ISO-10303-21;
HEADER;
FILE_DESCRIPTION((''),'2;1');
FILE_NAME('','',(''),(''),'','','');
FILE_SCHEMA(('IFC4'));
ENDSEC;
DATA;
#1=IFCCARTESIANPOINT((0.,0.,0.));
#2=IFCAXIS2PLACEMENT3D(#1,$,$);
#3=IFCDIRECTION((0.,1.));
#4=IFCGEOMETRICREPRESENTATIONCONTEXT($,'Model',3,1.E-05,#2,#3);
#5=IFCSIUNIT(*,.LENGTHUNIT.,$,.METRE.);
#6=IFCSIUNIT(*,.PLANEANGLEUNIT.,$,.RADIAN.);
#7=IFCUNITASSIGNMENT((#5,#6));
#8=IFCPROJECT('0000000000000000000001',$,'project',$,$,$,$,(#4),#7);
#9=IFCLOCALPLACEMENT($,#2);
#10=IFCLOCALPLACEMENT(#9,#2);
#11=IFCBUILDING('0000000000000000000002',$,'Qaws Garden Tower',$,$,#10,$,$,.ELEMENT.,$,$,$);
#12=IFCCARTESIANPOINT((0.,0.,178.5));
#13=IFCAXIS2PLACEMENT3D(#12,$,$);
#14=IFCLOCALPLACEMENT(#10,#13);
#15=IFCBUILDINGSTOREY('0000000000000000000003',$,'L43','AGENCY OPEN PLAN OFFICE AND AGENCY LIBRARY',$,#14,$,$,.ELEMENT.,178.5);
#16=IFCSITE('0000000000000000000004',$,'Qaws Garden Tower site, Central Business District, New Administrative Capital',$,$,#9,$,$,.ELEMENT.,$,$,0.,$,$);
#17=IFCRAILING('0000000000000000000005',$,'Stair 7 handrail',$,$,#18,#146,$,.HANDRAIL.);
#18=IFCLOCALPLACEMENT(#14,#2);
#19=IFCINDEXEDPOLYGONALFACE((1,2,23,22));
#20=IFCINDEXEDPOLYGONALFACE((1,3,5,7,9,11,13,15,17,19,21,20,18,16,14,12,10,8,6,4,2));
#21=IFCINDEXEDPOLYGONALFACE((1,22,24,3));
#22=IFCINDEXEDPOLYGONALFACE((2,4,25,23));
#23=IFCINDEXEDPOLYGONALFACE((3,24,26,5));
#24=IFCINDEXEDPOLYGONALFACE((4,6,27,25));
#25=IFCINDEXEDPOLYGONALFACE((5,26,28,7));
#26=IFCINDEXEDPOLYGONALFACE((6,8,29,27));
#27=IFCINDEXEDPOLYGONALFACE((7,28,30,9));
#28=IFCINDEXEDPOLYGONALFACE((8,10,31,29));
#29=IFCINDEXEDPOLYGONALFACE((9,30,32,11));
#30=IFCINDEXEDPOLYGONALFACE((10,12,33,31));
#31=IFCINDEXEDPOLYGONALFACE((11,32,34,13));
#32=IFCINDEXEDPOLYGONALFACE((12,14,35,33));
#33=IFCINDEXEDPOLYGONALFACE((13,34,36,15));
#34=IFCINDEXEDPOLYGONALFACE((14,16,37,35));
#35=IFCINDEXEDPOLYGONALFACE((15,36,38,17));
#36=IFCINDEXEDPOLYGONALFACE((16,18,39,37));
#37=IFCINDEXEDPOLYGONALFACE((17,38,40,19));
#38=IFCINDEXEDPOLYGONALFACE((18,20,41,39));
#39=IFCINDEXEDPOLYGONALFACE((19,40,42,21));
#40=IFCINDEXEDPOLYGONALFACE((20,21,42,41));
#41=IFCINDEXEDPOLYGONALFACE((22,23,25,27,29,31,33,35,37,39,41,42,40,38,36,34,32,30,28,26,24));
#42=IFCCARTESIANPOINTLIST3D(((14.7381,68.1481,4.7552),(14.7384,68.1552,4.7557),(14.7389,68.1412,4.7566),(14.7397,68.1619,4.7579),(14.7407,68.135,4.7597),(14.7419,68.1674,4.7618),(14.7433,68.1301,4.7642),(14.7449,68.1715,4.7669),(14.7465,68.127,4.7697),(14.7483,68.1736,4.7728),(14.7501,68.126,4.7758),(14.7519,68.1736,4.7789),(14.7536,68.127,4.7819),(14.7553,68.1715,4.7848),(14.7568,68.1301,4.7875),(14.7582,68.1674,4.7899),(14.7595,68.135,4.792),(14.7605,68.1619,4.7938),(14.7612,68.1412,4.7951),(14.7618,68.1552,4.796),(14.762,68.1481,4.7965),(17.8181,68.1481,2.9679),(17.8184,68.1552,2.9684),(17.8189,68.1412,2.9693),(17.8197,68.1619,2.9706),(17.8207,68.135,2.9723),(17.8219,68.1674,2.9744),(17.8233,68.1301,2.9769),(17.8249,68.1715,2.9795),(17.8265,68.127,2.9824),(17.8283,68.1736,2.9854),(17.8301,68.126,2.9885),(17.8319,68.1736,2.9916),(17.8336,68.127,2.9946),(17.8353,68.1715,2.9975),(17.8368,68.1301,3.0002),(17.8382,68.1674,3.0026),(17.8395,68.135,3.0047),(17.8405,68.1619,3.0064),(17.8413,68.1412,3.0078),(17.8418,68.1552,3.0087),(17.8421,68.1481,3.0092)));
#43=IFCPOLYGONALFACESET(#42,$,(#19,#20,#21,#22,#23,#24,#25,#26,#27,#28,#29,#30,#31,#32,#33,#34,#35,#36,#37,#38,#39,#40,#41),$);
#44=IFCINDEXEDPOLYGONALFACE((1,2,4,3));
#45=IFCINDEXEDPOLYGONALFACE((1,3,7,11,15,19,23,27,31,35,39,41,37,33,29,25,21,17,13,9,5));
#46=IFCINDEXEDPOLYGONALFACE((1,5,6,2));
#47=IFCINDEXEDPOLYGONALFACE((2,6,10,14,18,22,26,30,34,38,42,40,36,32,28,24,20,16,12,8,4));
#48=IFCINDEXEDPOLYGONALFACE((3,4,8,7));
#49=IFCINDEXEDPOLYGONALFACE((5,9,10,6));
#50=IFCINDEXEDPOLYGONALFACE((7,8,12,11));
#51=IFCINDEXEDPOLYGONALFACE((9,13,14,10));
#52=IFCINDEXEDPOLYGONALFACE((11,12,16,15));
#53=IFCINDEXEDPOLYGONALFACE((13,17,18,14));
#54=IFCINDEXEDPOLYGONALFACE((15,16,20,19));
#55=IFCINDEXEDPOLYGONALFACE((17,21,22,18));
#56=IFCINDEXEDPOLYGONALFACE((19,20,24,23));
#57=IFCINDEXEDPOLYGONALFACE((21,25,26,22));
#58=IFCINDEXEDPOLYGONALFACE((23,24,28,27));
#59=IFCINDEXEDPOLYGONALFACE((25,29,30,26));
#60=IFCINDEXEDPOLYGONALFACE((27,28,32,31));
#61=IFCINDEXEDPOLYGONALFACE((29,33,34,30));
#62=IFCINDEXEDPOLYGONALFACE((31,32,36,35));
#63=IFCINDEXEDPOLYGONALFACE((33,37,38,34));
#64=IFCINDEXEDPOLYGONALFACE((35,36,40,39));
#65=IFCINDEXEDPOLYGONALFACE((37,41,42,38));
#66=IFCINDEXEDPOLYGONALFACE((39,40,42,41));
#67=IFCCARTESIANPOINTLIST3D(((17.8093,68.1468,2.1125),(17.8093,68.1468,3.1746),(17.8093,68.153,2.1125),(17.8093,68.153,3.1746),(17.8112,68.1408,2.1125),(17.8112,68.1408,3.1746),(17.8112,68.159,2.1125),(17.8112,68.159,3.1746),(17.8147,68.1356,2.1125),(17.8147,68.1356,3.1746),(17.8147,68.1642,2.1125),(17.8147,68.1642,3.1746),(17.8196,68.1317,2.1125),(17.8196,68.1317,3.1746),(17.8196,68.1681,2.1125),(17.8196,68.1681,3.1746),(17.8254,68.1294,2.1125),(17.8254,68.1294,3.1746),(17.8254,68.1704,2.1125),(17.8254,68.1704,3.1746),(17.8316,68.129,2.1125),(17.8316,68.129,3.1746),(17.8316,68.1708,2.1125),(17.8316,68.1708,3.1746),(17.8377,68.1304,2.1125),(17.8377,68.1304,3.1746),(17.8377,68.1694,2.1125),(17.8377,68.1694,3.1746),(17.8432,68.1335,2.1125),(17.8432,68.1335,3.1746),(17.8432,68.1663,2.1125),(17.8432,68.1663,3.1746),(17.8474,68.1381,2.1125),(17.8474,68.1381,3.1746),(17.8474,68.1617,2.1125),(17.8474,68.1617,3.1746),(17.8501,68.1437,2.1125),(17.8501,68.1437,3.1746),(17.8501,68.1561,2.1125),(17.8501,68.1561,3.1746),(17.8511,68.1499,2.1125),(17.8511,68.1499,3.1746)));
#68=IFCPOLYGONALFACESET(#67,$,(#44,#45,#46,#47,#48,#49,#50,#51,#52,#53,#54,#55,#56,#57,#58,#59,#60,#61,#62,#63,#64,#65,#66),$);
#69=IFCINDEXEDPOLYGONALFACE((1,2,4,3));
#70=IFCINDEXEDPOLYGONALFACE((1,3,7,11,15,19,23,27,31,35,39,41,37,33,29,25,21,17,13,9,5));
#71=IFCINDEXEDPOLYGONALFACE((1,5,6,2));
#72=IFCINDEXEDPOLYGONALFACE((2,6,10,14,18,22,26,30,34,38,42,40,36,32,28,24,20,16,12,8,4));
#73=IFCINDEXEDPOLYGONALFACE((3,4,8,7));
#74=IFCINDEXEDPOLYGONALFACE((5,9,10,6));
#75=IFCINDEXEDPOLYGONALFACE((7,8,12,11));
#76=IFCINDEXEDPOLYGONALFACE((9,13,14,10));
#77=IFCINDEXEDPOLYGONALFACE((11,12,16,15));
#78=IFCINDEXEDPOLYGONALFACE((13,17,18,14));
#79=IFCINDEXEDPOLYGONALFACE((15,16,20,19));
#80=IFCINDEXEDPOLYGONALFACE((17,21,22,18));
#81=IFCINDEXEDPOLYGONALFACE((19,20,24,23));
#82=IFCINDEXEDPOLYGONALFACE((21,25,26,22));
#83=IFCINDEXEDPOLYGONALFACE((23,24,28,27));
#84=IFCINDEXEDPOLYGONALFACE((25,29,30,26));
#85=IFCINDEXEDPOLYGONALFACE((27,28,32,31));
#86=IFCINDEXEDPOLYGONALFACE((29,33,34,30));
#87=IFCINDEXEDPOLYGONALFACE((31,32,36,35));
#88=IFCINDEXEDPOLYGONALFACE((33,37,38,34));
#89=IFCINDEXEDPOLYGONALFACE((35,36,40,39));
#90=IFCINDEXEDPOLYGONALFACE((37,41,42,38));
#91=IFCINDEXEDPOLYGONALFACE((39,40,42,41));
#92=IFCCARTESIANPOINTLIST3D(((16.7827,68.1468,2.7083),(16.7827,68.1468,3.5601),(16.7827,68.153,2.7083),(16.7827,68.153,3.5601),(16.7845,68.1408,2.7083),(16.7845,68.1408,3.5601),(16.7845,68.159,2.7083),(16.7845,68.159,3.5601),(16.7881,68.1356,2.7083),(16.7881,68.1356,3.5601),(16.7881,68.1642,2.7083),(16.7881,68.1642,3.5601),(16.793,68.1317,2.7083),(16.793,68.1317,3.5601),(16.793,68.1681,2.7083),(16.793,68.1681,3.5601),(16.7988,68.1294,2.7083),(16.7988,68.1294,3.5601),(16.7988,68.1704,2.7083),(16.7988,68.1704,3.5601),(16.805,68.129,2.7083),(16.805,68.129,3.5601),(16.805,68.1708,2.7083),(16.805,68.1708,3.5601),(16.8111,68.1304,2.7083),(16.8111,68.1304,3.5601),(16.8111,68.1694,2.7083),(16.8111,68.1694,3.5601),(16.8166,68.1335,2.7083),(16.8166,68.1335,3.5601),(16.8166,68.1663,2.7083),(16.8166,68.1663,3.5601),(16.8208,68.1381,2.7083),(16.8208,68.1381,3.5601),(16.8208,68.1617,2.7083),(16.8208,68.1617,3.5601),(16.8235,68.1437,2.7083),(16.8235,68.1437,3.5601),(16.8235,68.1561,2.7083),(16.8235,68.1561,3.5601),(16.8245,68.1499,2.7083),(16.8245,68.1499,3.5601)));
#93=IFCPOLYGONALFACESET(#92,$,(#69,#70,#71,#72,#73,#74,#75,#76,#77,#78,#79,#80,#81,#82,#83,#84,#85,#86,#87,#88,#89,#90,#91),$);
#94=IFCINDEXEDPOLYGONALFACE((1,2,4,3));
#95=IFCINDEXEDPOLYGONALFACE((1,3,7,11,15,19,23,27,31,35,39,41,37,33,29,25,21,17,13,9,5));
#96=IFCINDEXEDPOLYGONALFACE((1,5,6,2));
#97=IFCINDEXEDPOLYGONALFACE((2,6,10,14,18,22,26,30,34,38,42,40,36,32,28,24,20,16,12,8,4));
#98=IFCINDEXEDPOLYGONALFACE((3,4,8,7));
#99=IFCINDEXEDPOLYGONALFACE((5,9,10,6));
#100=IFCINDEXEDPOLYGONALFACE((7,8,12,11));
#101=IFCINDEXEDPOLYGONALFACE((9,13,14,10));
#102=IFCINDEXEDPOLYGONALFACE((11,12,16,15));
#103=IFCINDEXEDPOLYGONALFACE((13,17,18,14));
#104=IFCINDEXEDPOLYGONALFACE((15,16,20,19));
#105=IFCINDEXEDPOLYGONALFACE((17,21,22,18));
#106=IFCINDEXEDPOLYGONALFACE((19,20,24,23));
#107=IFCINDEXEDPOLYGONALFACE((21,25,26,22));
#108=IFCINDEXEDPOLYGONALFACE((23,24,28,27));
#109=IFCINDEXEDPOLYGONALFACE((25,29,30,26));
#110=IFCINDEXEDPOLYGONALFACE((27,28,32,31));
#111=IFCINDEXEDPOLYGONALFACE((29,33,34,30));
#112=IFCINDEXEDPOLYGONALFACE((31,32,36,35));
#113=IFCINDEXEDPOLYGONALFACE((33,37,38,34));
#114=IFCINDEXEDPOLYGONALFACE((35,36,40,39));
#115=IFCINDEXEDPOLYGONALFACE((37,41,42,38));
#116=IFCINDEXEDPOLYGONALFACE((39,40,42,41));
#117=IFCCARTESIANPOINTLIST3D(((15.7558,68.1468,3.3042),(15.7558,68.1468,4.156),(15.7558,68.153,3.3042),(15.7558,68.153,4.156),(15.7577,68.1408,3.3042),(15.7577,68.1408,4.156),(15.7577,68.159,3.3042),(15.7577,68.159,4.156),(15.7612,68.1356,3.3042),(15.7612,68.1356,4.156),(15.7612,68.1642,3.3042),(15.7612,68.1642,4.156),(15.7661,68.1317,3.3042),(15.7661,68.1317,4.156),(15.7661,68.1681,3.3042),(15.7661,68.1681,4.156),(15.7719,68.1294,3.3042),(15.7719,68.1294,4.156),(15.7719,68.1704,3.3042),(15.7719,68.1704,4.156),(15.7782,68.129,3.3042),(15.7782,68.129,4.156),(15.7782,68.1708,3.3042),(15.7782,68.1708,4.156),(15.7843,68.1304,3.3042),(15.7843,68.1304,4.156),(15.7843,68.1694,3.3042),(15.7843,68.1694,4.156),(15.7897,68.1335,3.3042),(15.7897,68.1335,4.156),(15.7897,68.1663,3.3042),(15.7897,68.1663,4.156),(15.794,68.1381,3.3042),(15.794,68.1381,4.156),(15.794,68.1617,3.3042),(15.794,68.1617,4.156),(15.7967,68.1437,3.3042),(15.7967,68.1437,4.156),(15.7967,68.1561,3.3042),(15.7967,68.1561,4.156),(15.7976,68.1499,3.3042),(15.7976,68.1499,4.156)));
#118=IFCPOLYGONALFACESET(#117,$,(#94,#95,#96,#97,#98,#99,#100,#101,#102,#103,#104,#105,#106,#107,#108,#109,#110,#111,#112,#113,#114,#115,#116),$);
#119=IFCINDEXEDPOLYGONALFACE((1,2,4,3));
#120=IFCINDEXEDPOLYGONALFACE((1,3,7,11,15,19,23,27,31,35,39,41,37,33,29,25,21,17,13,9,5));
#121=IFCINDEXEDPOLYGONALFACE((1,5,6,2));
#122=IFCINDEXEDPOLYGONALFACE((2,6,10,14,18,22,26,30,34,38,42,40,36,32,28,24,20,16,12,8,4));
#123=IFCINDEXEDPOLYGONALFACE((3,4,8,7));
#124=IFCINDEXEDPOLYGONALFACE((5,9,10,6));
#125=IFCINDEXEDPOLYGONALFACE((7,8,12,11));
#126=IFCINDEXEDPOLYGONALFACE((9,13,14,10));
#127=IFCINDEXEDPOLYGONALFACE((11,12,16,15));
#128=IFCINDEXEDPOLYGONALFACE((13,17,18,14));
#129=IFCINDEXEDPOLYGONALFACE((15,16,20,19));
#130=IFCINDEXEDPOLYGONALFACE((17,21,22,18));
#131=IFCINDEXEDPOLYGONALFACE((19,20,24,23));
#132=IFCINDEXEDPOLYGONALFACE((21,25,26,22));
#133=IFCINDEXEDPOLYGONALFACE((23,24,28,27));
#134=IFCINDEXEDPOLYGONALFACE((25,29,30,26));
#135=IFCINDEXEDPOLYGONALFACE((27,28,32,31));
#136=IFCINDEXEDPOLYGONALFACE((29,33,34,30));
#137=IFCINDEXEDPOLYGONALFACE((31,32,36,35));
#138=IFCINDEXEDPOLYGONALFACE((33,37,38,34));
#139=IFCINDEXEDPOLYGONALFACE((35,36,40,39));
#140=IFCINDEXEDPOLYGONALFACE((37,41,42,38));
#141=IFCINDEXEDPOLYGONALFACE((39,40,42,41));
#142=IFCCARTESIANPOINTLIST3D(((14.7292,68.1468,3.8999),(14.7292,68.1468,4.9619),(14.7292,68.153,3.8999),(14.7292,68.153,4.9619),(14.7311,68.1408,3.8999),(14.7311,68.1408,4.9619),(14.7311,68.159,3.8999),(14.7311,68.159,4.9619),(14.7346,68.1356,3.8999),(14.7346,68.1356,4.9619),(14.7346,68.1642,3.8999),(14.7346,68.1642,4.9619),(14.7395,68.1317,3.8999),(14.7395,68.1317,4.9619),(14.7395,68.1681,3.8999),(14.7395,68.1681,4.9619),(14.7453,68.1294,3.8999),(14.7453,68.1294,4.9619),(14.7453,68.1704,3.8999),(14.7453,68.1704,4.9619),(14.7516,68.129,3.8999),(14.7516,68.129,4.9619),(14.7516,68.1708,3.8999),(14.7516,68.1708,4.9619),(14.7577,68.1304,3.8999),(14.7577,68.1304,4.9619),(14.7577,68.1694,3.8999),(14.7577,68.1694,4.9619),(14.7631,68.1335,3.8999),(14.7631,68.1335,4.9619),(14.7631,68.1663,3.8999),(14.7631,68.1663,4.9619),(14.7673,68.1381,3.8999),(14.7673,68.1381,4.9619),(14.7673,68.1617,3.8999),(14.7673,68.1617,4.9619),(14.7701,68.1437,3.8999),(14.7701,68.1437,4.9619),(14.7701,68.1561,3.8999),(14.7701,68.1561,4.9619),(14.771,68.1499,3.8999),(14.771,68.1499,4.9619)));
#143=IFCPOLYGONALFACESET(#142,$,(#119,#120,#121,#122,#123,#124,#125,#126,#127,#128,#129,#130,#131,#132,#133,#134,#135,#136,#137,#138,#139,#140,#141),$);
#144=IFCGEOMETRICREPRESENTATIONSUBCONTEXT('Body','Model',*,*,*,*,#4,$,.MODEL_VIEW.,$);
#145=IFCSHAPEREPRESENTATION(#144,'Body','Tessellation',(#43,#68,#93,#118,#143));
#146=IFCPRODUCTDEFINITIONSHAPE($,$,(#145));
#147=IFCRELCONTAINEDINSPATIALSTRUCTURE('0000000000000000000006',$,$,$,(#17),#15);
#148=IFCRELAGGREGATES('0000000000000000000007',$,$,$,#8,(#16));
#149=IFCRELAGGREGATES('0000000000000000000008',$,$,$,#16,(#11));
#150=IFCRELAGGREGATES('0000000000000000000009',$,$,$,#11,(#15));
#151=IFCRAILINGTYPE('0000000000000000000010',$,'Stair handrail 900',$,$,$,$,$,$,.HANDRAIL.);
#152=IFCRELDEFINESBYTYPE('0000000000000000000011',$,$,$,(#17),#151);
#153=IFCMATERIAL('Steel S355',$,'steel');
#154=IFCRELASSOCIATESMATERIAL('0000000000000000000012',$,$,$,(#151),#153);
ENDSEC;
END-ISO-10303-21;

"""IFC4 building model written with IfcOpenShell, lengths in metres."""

from ifc_helpers import new_model, si_unit, direction, frame, origin, origin_2d, place, context, subcontext, project, spatial, circle, extrude, material, type_object, element, save


model = new_model("IFC4")

# Units and contexts
model_context = context("Model", 3, precision=1e-05, world=origin(), true_north=direction((0.0, 1.0)))
body_context = subcontext(model_context, "Body", "Model", "MODEL_VIEW")
ifc_project = project(units=[si_unit("LENGTHUNIT", "METRE"), si_unit("PLANEANGLEUNIT", "RADIAN")], contexts=[model_context])

# Site, building, storey
site_placement = place(None, origin())
site = spatial("IfcSite", under=ifc_project, at=site_placement, Name="Qaws Garden Tower site, Central Business District, New Administrative Capital", CompositionType="ELEMENT", RefElevation=0.0)
building_placement = place(site_placement, origin())
building = spatial("IfcBuilding", under=site, at=building_placement, Name="Qaws Garden Tower", CompositionType="ELEMENT")
storey_placement = place(building_placement, frame((0.0, 0.0, 178.5)))
storey = spatial("IfcBuildingStorey", under=building, at=storey_placement, Name="L43", Description="AGENCY OPEN PLAN OFFICE AND AGENCY LIBRARY", CompositionType="ELEMENT", Elevation=178.5)

# Railing
ifc_material_1 = material(Name="Steel S355", Category="steel")
railing_type = type_object("IfcRailingType", Name="Stair handrail 900", PredefinedType="HANDRAIL", material=ifc_material_1)
railing_placement = place(storey_placement, frame((17.8301, 68.1499, 2.1125)))
element("IfcRailing", 1, at=railing_placement, inside=storey, type_object=railing_type, Name="Stair 7 handrail", PredefinedType="HANDRAIL", context=body_context, shape_type="SweptSolid", body=[
    extrude(circle(Radius=0.0239, at=origin_2d()), frame((0.0, 0.0, 0.876), z_axis=(-0.86492, 0.0, 0.501909), x_axis=(0.0, -1.0, 0.0)), (0.0, 0.0, 1.0), 3.561),
    extrude(circle(Radius=0.021, at=origin_2d()), origin(), (0.0, 0.0, 1.0), 1.062),
    extrude(circle(Radius=0.021, at=origin_2d()), frame((-1.0266, 0.0, 0.5957)), (0.0, 0.0, 1.0), 0.8518),
    extrude(circle(Radius=0.021, at=origin_2d()), frame((-2.0535, 0.0, 1.1917)), (0.0, 0.0, 1.0), 0.8518),
    extrude(circle(Radius=0.021, at=origin_2d()), frame((-3.0801, 0.0, 1.7874)), (0.0, 0.0, 1.0), 1.062),
])

save(model, "model.ifc")
